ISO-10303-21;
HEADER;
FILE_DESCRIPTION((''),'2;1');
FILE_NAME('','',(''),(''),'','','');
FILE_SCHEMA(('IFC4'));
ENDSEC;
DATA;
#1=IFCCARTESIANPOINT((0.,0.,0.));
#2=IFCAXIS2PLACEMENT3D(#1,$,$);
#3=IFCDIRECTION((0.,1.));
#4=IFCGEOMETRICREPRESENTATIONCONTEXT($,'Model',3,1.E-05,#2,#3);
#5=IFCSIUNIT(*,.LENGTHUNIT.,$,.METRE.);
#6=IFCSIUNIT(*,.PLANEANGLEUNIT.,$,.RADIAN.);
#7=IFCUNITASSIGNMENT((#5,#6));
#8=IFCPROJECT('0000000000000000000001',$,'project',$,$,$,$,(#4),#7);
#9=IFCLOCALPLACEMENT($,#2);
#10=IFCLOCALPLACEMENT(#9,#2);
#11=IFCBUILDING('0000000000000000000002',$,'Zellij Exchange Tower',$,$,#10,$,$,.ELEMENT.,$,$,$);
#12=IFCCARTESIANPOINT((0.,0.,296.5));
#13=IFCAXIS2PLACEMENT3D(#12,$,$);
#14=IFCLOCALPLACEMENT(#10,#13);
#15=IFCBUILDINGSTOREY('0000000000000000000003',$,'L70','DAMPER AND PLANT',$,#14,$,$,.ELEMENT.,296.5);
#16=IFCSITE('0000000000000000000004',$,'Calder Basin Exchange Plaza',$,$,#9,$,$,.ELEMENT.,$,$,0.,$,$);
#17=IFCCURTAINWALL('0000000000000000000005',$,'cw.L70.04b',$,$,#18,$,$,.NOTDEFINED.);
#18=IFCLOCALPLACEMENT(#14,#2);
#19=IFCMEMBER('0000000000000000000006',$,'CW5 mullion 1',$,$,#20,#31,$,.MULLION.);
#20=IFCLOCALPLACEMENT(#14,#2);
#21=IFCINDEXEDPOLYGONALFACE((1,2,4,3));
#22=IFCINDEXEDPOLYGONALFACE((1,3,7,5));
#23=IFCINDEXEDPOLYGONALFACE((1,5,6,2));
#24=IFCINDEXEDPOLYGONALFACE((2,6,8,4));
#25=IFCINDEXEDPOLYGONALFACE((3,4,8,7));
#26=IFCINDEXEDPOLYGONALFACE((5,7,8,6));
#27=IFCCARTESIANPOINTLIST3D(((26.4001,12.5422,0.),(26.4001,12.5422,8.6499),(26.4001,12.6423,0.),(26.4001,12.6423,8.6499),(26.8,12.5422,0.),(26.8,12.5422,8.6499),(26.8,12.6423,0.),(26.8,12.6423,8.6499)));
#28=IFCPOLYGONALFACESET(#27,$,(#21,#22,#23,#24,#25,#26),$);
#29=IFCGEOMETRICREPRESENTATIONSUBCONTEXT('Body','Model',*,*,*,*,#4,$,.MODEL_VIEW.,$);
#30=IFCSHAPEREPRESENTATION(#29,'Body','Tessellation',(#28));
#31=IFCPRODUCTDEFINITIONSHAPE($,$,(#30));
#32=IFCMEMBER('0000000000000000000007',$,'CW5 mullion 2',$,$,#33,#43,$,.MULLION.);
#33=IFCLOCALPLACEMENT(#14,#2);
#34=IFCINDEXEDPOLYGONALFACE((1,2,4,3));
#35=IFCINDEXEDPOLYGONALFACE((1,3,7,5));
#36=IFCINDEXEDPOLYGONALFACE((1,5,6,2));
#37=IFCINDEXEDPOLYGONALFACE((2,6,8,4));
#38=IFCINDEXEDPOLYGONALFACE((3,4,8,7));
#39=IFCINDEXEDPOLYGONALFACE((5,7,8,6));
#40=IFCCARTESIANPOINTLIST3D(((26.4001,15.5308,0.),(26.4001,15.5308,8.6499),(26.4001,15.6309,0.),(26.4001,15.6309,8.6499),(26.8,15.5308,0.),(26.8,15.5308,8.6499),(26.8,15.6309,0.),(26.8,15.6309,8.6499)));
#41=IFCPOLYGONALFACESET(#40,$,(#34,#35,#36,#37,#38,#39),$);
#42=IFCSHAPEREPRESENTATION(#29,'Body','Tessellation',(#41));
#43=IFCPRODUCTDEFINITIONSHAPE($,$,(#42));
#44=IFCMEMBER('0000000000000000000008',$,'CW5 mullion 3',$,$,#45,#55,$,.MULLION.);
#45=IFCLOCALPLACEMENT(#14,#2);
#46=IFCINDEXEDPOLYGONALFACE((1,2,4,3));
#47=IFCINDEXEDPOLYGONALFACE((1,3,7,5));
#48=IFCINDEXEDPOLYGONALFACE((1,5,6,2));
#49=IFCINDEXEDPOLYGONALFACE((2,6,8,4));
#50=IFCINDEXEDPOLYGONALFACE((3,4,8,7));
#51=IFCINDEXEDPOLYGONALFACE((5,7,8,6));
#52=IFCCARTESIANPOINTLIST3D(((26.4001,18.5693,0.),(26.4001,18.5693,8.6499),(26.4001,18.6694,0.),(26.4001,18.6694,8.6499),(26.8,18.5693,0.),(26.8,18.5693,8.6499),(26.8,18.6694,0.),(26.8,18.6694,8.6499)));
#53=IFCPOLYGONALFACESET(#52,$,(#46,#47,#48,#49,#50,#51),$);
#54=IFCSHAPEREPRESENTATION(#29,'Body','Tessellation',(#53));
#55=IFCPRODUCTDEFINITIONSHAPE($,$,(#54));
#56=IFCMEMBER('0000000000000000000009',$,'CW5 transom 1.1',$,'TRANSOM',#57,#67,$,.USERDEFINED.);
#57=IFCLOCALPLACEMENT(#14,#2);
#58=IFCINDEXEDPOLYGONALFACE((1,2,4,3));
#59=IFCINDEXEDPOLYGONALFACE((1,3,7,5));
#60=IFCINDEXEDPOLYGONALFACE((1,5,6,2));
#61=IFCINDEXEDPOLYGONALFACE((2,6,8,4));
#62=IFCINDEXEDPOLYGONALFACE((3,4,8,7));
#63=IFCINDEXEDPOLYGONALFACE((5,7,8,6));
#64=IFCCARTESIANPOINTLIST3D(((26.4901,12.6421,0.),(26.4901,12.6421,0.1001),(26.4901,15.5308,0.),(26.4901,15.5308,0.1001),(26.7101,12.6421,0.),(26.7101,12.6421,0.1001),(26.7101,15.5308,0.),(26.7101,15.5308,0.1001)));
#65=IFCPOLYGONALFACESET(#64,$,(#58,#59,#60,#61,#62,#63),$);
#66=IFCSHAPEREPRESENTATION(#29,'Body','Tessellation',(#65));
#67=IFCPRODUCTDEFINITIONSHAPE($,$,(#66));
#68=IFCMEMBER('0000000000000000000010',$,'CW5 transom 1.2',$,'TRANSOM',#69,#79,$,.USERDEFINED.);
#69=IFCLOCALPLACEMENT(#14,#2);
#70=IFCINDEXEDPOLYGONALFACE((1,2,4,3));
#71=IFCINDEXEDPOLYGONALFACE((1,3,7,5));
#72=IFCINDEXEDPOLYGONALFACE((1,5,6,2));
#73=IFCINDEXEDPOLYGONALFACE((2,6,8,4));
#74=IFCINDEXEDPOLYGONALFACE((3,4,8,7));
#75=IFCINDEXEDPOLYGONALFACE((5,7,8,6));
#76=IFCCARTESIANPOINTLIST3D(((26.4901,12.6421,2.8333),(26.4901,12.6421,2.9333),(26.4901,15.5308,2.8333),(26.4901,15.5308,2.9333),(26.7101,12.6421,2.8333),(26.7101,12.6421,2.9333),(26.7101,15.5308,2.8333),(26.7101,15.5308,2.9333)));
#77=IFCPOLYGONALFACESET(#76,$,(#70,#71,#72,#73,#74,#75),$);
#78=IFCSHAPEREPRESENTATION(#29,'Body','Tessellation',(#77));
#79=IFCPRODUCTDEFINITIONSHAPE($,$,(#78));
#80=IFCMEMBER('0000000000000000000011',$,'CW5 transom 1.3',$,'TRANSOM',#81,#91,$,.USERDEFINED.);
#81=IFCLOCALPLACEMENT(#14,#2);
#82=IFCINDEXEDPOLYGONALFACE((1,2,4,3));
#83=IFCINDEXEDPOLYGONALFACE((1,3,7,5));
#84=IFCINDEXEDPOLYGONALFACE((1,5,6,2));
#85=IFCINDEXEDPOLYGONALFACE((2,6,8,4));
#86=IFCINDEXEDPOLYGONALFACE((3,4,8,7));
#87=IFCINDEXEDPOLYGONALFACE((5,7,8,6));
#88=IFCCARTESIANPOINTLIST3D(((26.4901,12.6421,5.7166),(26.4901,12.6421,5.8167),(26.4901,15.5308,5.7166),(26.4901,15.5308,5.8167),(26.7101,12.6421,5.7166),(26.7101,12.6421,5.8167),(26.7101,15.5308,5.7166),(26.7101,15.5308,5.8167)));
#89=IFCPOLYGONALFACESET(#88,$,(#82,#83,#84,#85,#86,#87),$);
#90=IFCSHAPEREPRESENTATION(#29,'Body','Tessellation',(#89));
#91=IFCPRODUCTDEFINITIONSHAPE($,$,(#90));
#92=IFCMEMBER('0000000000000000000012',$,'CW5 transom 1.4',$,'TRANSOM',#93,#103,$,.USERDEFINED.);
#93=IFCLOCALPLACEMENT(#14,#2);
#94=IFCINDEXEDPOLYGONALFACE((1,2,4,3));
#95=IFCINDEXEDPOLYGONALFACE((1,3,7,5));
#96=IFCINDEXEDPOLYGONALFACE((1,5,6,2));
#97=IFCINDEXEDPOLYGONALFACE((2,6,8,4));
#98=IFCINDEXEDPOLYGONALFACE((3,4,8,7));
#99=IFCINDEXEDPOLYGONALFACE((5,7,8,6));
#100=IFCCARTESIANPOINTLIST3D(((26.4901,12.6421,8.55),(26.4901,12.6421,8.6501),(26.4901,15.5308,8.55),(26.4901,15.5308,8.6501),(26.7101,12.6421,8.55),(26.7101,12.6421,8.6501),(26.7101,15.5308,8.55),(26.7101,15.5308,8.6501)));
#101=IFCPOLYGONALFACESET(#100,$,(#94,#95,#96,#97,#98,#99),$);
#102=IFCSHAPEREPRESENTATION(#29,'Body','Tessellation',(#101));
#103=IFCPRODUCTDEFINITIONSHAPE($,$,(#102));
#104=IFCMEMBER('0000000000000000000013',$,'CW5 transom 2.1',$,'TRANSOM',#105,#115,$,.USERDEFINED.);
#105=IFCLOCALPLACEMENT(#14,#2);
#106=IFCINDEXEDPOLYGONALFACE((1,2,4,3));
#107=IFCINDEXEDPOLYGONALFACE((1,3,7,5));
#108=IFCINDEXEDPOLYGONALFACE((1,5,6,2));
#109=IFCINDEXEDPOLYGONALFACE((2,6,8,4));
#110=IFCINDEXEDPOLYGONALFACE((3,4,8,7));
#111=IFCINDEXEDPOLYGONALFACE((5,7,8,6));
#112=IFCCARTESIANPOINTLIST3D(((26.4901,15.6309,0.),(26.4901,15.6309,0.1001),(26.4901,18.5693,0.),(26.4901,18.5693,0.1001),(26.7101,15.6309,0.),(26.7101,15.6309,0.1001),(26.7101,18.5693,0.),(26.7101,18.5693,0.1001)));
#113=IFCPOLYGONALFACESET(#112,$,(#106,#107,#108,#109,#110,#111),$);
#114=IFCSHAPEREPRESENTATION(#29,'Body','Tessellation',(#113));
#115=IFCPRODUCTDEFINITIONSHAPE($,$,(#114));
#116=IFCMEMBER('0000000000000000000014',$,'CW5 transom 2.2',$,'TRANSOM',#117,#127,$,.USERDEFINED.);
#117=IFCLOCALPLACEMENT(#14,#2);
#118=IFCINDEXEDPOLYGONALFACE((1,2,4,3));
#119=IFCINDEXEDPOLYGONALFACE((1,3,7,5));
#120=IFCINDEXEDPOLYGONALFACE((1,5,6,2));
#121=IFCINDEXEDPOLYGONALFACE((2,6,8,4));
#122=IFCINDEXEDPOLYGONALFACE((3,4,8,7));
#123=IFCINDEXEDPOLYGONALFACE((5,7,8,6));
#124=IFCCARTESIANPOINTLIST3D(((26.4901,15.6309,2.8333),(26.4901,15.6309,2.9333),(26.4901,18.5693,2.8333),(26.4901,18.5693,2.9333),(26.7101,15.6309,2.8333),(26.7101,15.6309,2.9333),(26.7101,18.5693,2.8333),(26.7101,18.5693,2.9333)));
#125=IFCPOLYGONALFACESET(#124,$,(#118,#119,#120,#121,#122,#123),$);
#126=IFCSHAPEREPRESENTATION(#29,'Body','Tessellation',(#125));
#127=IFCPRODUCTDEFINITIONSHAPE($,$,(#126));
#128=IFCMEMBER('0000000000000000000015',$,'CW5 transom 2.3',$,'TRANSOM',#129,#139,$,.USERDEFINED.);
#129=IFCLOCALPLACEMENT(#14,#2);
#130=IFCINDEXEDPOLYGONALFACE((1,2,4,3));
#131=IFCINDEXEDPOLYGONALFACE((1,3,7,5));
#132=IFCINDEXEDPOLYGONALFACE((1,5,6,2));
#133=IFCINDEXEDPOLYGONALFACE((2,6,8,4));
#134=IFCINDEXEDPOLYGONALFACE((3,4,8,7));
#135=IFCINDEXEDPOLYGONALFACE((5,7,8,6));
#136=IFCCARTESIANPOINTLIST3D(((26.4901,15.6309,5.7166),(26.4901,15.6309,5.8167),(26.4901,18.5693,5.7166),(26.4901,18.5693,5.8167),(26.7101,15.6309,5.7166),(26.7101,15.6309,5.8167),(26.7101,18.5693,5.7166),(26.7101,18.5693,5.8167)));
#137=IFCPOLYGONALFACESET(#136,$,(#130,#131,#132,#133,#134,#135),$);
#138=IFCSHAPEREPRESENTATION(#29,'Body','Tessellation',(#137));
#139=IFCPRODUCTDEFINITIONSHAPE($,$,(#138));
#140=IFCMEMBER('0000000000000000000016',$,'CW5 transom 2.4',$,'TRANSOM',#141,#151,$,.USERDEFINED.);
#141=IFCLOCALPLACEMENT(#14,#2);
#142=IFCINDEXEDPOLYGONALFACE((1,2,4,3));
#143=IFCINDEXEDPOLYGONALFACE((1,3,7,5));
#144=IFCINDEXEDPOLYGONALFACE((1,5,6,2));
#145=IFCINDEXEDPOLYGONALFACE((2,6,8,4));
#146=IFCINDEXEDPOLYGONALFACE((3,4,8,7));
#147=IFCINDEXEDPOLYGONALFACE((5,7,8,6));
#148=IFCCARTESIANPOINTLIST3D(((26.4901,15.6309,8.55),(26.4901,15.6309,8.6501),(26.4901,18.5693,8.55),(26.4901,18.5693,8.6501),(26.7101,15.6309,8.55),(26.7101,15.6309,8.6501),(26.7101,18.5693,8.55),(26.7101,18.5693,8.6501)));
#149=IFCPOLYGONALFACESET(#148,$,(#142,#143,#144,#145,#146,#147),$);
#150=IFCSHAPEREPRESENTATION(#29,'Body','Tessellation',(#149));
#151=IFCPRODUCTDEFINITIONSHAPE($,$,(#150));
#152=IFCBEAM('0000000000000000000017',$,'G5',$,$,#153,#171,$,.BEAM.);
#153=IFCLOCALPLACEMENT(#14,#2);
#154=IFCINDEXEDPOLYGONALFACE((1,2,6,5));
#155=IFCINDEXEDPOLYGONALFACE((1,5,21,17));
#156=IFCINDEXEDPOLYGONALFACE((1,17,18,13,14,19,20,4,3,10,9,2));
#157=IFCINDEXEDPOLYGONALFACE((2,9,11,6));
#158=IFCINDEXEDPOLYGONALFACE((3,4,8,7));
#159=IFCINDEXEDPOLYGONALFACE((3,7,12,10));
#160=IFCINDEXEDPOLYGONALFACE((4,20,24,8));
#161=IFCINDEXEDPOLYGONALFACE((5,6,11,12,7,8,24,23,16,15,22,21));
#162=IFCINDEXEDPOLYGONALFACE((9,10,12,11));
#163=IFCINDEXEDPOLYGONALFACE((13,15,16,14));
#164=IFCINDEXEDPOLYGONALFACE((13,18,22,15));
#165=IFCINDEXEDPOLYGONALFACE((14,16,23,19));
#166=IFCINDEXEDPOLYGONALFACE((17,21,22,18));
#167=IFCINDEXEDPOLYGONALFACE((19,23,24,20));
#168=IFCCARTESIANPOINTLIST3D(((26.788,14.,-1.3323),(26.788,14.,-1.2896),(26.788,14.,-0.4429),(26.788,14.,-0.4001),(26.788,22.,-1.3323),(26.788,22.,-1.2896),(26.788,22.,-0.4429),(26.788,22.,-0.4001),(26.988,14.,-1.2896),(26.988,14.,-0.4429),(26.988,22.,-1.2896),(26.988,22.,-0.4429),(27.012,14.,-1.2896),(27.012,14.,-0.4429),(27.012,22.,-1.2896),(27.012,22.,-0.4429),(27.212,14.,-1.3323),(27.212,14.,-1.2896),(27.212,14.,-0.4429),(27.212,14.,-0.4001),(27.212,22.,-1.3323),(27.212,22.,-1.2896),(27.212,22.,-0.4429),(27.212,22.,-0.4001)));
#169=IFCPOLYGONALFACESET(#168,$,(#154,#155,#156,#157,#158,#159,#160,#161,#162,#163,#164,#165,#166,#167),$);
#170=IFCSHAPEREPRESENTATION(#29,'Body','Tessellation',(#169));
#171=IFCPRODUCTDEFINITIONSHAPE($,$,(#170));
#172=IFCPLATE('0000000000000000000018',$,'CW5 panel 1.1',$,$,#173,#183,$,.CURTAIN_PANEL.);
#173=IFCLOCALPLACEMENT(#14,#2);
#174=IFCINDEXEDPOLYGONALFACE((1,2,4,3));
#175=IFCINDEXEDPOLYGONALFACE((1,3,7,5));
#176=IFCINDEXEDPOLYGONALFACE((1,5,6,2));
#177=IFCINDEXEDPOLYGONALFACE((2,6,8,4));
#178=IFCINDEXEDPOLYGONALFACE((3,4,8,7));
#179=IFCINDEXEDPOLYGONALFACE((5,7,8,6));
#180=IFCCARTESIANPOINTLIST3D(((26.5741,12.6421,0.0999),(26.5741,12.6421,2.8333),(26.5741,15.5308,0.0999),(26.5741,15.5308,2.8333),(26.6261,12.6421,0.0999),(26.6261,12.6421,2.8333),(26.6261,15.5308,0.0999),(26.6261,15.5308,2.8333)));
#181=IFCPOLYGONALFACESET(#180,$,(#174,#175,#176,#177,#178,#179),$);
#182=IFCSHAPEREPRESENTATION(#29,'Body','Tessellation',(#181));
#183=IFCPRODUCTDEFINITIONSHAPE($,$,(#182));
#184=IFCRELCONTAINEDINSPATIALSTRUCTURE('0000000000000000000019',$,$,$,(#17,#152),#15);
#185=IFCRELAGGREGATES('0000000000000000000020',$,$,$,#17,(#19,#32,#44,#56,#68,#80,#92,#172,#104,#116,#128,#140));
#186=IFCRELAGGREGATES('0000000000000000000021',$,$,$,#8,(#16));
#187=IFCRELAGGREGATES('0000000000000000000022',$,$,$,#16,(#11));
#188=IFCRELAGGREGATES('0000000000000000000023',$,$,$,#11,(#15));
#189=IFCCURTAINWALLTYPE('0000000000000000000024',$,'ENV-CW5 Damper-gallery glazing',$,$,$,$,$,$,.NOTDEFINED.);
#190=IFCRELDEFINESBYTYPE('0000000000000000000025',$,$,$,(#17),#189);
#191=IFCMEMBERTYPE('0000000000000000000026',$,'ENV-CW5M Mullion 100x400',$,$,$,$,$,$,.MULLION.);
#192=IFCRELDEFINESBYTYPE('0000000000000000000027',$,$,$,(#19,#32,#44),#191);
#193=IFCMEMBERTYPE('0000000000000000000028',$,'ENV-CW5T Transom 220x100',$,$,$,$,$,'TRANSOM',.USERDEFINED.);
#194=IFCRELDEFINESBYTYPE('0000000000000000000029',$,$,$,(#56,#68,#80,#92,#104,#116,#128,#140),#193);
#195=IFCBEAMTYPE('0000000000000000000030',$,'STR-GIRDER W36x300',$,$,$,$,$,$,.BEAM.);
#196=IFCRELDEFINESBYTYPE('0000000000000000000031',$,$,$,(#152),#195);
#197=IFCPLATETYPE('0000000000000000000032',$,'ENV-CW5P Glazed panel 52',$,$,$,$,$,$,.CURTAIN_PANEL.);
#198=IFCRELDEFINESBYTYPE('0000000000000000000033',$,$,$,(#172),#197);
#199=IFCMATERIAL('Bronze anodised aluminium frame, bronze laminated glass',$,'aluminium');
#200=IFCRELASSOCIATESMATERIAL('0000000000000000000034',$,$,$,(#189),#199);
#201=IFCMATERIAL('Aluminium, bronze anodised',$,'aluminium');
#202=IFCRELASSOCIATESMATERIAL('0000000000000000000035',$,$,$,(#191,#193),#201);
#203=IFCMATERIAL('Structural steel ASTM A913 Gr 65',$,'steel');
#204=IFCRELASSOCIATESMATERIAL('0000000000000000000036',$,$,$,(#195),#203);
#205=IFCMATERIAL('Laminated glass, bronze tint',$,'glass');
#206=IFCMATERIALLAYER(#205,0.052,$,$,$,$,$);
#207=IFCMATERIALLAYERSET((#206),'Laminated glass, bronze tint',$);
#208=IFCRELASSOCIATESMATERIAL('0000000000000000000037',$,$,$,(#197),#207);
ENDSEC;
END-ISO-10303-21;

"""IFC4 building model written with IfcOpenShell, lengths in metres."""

from ifc_helpers import new_model, si_unit, direction, frame, origin, origin_2d, place, context, subcontext, project, spatial, rectangle, i_section, extrude, material, layer, layer_set, material_profile, profile_set, type_object, element, aggregate, save


model = new_model("IFC4")

# Units and contexts
model_context = context("Model", 3, precision=1e-05, world=origin(), true_north=direction((0.0, 1.0)))
body_context = subcontext(model_context, "Body", "Model", "MODEL_VIEW")
ifc_project = project(units=[si_unit("LENGTHUNIT", "METRE"), si_unit("PLANEANGLEUNIT", "RADIAN")], contexts=[model_context])

# Site, building, storey
site_placement = place(None, origin())
site = spatial("IfcSite", under=ifc_project, at=site_placement, Name="Calder Basin Exchange Plaza", CompositionType="ELEMENT", RefElevation=0.0)
building_placement = place(site_placement, origin())
building = spatial("IfcBuilding", under=site, at=building_placement, Name="Zellij Exchange Tower", CompositionType="ELEMENT")
storey_placement = place(building_placement, frame((0.0, 0.0, 296.5)))
storey = spatial("IfcBuildingStorey", under=building, at=storey_placement, Name="L70", Description="DAMPER AND PLANT", CompositionType="ELEMENT", Elevation=296.5)

# Curtain wall, members
ifc_material_1 = material(Name="Bronze anodised aluminium frame, bronze laminated glass", Category="aluminium")
curtain_wall_type = type_object("IfcCurtainWallType", Name="ENV-CW5 Damper-gallery glazing", PredefinedType="NOTDEFINED", material=ifc_material_1)
curtain_wall_placement = place(storey_placement, origin())
curtain_wall = element("IfcCurtainWall", 1, at=curtain_wall_placement, inside=storey, type_object=curtain_wall_type, Name="cw.L70.04b", PredefinedType="NOTDEFINED")
ifc_material_2 = material(Name="Aluminium, bronze anodised", Category="aluminium")
ifc_material_profile_1 = material_profile(ifc_material_2, rectangle(XDim=0.1001, YDim=0.3999, at=origin_2d()), Name="AL 100x400")
ifc_profile_set_1 = profile_set([ifc_material_profile_1], Name="Aluminium, bronze anodised")
member_type_1 = type_object("IfcMemberType", Name="ENV-CW5M Mullion 100x400", PredefinedType="MULLION", material=ifc_profile_set_1)
member_1_placement = place(storey_placement, frame((26.6001, 12.5923, 0.0), z_axis=(0.0, 0.0, 1.0), x_axis=(0.0, 1.0, 0.0)))
member_1 = element("IfcMember", 2, at=member_1_placement, type_object=member_type_1, Name="CW5 mullion 1", PredefinedType="MULLION", context=body_context, shape_type="SweptSolid", body=[
    extrude(rectangle(XDim=0.1001, YDim=0.3999, at=origin_2d()), origin(), (0.0, 0.0, 1.0), 8.6499),
])
member_2_placement = place(storey_placement, frame((26.6001, 15.5808, 0.0), z_axis=(0.0, 0.0, 1.0), x_axis=(0.0, 1.0, 0.0)))
member_2 = element("IfcMember", 3, at=member_2_placement, type_object=member_type_1, Name="CW5 mullion 2", PredefinedType="MULLION", context=body_context, shape_type="SweptSolid", body=[
    extrude(rectangle(XDim=0.1001, YDim=0.3999, at=origin_2d()), origin(), (0.0, 0.0, 1.0), 8.6499),
])
member_3_placement = place(storey_placement, frame((26.6001, 18.6194, 0.0), z_axis=(0.0, 0.0, 1.0), x_axis=(0.0, 1.0, 0.0)))
member_3 = element("IfcMember", 4, at=member_3_placement, type_object=member_type_1, Name="CW5 mullion 3", PredefinedType="MULLION", context=body_context, shape_type="SweptSolid", body=[
    extrude(rectangle(XDim=0.1001, YDim=0.3999, at=origin_2d()), origin(), (0.0, 0.0, 1.0), 8.6499),
])
ifc_material_profile_2 = material_profile(ifc_material_2, rectangle(XDim=0.22, YDim=0.1001, at=origin_2d()), Name="AL 220x100")
ifc_profile_set_2 = profile_set([ifc_material_profile_2], Name="Aluminium, bronze anodised")
member_type_2 = type_object("IfcMemberType", Name="ENV-CW5T Transom 220x100", ElementType="TRANSOM", PredefinedType="USERDEFINED", material=ifc_profile_set_2)
member_4_placement = place(storey_placement, frame((26.6001, 12.6421, 0.05), z_axis=(0.0, 1.0, 0.0), x_axis=(-1.0, 0.0, 0.0)))
member_4 = element("IfcMember", 5, at=member_4_placement, type_object=member_type_2, Name="CW5 transom 1.1", ObjectType="TRANSOM", PredefinedType="USERDEFINED", context=body_context, shape_type="SweptSolid", body=[
    extrude(rectangle(XDim=0.22, YDim=0.1001, at=origin_2d()), origin(), (0.0, 0.0, 1.0), 2.8887),
])
member_5_placement = place(storey_placement, frame((26.6001, 12.6421, 2.8833), z_axis=(0.0, 1.0, 0.0), x_axis=(-1.0, 0.0, 0.0)))
member_5 = element("IfcMember", 6, at=member_5_placement, type_object=member_type_2, Name="CW5 transom 1.2", ObjectType="TRANSOM", PredefinedType="USERDEFINED", context=body_context, shape_type="SweptSolid", body=[
    extrude(rectangle(XDim=0.22, YDim=0.1001, at=origin_2d()), origin(), (0.0, 0.0, 1.0), 2.8887),
])
member_6_placement = place(storey_placement, frame((26.6001, 12.6421, 5.7666), z_axis=(0.0, 1.0, 0.0), x_axis=(-1.0, 0.0, 0.0)))
member_6 = element("IfcMember", 7, at=member_6_placement, type_object=member_type_2, Name="CW5 transom 1.3", ObjectType="TRANSOM", PredefinedType="USERDEFINED", context=body_context, shape_type="SweptSolid", body=[
    extrude(rectangle(XDim=0.22, YDim=0.1001, at=origin_2d()), origin(), (0.0, 0.0, 1.0), 2.8887),
])
member_7_placement = place(storey_placement, frame((26.6001, 12.6421, 8.6001), z_axis=(0.0, 1.0, 0.0), x_axis=(-1.0, 0.0, 0.0)))
member_7 = element("IfcMember", 8, at=member_7_placement, type_object=member_type_2, Name="CW5 transom 1.4", ObjectType="TRANSOM", PredefinedType="USERDEFINED", context=body_context, shape_type="SweptSolid", body=[
    extrude(rectangle(XDim=0.22, YDim=0.1001, at=origin_2d()), origin(), (0.0, 0.0, 1.0), 2.8887),
])
member_8_placement = place(storey_placement, frame((26.6001, 15.6309, 0.05), z_axis=(0.0, 1.0, 0.0), x_axis=(-1.0, 0.0, 0.0)))
member_8 = element("IfcMember", 9, at=member_8_placement, type_object=member_type_2, Name="CW5 transom 2.1", ObjectType="TRANSOM", PredefinedType="USERDEFINED", context=body_context, shape_type="SweptSolid", body=[
    extrude(rectangle(XDim=0.22, YDim=0.1001, at=origin_2d()), origin(), (0.0, 0.0, 1.0), 2.9385),
])
member_9_placement = place(storey_placement, frame((26.6001, 15.6309, 2.8833), z_axis=(0.0, 1.0, 0.0), x_axis=(-1.0, 0.0, 0.0)))
member_9 = element("IfcMember", 10, at=member_9_placement, type_object=member_type_2, Name="CW5 transom 2.2", ObjectType="TRANSOM", PredefinedType="USERDEFINED", context=body_context, shape_type="SweptSolid", body=[
    extrude(rectangle(XDim=0.22, YDim=0.1001, at=origin_2d()), origin(), (0.0, 0.0, 1.0), 2.9385),
])
member_10_placement = place(storey_placement, frame((26.6001, 15.6309, 5.7666), z_axis=(0.0, 1.0, 0.0), x_axis=(-1.0, 0.0, 0.0)))
member_10 = element("IfcMember", 11, at=member_10_placement, type_object=member_type_2, Name="CW5 transom 2.3", ObjectType="TRANSOM", PredefinedType="USERDEFINED", context=body_context, shape_type="SweptSolid", body=[
    extrude(rectangle(XDim=0.22, YDim=0.1001, at=origin_2d()), origin(), (0.0, 0.0, 1.0), 2.9385),
])
member_11_placement = place(storey_placement, frame((26.6001, 15.6309, 8.6001), z_axis=(0.0, 1.0, 0.0), x_axis=(-1.0, 0.0, 0.0)))
member_11 = element("IfcMember", 12, at=member_11_placement, type_object=member_type_2, Name="CW5 transom 2.4", ObjectType="TRANSOM", PredefinedType="USERDEFINED", context=body_context, shape_type="SweptSolid", body=[
    extrude(rectangle(XDim=0.22, YDim=0.1001, at=origin_2d()), origin(), (0.0, 0.0, 1.0), 2.9385),
])

# Beam
ifc_material_3 = material(Name="Structural steel ASTM A913 Gr 65", Category="steel")
ifc_material_profile_3 = material_profile(ifc_material_3, i_section(OverallWidth=0.4241, OverallDepth=0.9321, WebThickness=0.0239, FlangeThickness=0.0427, at=origin_2d()), Name="W36x300")
ifc_profile_set_3 = profile_set([ifc_material_profile_3], Name="Structural steel ASTM A913 Gr 65")
beam_type = type_object("IfcBeamType", Name="STR-GIRDER W36x300", PredefinedType="BEAM", material=ifc_profile_set_3)
beam_placement = place(storey_placement, frame((27.0, 14.0, -0.8662), z_axis=(0.0, 1.0, 0.0), x_axis=(-1.0, 0.0, 0.0)))
element("IfcBeam", 13, at=beam_placement, inside=storey, type_object=beam_type, Name="G5", PredefinedType="BEAM", context=body_context, shape_type="SweptSolid", body=[
    extrude(i_section(OverallWidth=0.4241, OverallDepth=0.9321, WebThickness=0.0239, FlangeThickness=0.0427, at=origin_2d()), origin(), (0.0, 0.0, 1.0), 8.0),
])

# Plate
ifc_material_4 = material(Name="Laminated glass, bronze tint", Category="glass")
ifc_layer_1 = layer(ifc_material_4, 0.052)
ifc_layer_set_1 = layer_set([ifc_layer_1], Name="Laminated glass, bronze tint")
plate_type = type_object("IfcPlateType", Name="ENV-CW5P Glazed panel 52", PredefinedType="CURTAIN_PANEL", material=ifc_layer_set_1)
plate_1_placement = place(storey_placement, frame((26.6001, 14.0864, 0.0999), z_axis=(0.0, 0.0, 1.0), x_axis=(0.0, 1.0, 0.0)))
plate_1 = element("IfcPlate", 14, at=plate_1_placement, type_object=plate_type, Name="CW5 panel 1.1", PredefinedType="CURTAIN_PANEL", context=body_context, shape_type="SweptSolid", body=[
    extrude(rectangle(XDim=2.8887, YDim=0.052, at=origin_2d()), origin(), (0.0, 0.0, 1.0), 2.7334),
])
aggregate(curtain_wall, [member_1, member_2, member_3, member_4, member_5, member_6, member_7, plate_1, member_8, member_9, member_10, member_11])

save(model, "model.ifc")
